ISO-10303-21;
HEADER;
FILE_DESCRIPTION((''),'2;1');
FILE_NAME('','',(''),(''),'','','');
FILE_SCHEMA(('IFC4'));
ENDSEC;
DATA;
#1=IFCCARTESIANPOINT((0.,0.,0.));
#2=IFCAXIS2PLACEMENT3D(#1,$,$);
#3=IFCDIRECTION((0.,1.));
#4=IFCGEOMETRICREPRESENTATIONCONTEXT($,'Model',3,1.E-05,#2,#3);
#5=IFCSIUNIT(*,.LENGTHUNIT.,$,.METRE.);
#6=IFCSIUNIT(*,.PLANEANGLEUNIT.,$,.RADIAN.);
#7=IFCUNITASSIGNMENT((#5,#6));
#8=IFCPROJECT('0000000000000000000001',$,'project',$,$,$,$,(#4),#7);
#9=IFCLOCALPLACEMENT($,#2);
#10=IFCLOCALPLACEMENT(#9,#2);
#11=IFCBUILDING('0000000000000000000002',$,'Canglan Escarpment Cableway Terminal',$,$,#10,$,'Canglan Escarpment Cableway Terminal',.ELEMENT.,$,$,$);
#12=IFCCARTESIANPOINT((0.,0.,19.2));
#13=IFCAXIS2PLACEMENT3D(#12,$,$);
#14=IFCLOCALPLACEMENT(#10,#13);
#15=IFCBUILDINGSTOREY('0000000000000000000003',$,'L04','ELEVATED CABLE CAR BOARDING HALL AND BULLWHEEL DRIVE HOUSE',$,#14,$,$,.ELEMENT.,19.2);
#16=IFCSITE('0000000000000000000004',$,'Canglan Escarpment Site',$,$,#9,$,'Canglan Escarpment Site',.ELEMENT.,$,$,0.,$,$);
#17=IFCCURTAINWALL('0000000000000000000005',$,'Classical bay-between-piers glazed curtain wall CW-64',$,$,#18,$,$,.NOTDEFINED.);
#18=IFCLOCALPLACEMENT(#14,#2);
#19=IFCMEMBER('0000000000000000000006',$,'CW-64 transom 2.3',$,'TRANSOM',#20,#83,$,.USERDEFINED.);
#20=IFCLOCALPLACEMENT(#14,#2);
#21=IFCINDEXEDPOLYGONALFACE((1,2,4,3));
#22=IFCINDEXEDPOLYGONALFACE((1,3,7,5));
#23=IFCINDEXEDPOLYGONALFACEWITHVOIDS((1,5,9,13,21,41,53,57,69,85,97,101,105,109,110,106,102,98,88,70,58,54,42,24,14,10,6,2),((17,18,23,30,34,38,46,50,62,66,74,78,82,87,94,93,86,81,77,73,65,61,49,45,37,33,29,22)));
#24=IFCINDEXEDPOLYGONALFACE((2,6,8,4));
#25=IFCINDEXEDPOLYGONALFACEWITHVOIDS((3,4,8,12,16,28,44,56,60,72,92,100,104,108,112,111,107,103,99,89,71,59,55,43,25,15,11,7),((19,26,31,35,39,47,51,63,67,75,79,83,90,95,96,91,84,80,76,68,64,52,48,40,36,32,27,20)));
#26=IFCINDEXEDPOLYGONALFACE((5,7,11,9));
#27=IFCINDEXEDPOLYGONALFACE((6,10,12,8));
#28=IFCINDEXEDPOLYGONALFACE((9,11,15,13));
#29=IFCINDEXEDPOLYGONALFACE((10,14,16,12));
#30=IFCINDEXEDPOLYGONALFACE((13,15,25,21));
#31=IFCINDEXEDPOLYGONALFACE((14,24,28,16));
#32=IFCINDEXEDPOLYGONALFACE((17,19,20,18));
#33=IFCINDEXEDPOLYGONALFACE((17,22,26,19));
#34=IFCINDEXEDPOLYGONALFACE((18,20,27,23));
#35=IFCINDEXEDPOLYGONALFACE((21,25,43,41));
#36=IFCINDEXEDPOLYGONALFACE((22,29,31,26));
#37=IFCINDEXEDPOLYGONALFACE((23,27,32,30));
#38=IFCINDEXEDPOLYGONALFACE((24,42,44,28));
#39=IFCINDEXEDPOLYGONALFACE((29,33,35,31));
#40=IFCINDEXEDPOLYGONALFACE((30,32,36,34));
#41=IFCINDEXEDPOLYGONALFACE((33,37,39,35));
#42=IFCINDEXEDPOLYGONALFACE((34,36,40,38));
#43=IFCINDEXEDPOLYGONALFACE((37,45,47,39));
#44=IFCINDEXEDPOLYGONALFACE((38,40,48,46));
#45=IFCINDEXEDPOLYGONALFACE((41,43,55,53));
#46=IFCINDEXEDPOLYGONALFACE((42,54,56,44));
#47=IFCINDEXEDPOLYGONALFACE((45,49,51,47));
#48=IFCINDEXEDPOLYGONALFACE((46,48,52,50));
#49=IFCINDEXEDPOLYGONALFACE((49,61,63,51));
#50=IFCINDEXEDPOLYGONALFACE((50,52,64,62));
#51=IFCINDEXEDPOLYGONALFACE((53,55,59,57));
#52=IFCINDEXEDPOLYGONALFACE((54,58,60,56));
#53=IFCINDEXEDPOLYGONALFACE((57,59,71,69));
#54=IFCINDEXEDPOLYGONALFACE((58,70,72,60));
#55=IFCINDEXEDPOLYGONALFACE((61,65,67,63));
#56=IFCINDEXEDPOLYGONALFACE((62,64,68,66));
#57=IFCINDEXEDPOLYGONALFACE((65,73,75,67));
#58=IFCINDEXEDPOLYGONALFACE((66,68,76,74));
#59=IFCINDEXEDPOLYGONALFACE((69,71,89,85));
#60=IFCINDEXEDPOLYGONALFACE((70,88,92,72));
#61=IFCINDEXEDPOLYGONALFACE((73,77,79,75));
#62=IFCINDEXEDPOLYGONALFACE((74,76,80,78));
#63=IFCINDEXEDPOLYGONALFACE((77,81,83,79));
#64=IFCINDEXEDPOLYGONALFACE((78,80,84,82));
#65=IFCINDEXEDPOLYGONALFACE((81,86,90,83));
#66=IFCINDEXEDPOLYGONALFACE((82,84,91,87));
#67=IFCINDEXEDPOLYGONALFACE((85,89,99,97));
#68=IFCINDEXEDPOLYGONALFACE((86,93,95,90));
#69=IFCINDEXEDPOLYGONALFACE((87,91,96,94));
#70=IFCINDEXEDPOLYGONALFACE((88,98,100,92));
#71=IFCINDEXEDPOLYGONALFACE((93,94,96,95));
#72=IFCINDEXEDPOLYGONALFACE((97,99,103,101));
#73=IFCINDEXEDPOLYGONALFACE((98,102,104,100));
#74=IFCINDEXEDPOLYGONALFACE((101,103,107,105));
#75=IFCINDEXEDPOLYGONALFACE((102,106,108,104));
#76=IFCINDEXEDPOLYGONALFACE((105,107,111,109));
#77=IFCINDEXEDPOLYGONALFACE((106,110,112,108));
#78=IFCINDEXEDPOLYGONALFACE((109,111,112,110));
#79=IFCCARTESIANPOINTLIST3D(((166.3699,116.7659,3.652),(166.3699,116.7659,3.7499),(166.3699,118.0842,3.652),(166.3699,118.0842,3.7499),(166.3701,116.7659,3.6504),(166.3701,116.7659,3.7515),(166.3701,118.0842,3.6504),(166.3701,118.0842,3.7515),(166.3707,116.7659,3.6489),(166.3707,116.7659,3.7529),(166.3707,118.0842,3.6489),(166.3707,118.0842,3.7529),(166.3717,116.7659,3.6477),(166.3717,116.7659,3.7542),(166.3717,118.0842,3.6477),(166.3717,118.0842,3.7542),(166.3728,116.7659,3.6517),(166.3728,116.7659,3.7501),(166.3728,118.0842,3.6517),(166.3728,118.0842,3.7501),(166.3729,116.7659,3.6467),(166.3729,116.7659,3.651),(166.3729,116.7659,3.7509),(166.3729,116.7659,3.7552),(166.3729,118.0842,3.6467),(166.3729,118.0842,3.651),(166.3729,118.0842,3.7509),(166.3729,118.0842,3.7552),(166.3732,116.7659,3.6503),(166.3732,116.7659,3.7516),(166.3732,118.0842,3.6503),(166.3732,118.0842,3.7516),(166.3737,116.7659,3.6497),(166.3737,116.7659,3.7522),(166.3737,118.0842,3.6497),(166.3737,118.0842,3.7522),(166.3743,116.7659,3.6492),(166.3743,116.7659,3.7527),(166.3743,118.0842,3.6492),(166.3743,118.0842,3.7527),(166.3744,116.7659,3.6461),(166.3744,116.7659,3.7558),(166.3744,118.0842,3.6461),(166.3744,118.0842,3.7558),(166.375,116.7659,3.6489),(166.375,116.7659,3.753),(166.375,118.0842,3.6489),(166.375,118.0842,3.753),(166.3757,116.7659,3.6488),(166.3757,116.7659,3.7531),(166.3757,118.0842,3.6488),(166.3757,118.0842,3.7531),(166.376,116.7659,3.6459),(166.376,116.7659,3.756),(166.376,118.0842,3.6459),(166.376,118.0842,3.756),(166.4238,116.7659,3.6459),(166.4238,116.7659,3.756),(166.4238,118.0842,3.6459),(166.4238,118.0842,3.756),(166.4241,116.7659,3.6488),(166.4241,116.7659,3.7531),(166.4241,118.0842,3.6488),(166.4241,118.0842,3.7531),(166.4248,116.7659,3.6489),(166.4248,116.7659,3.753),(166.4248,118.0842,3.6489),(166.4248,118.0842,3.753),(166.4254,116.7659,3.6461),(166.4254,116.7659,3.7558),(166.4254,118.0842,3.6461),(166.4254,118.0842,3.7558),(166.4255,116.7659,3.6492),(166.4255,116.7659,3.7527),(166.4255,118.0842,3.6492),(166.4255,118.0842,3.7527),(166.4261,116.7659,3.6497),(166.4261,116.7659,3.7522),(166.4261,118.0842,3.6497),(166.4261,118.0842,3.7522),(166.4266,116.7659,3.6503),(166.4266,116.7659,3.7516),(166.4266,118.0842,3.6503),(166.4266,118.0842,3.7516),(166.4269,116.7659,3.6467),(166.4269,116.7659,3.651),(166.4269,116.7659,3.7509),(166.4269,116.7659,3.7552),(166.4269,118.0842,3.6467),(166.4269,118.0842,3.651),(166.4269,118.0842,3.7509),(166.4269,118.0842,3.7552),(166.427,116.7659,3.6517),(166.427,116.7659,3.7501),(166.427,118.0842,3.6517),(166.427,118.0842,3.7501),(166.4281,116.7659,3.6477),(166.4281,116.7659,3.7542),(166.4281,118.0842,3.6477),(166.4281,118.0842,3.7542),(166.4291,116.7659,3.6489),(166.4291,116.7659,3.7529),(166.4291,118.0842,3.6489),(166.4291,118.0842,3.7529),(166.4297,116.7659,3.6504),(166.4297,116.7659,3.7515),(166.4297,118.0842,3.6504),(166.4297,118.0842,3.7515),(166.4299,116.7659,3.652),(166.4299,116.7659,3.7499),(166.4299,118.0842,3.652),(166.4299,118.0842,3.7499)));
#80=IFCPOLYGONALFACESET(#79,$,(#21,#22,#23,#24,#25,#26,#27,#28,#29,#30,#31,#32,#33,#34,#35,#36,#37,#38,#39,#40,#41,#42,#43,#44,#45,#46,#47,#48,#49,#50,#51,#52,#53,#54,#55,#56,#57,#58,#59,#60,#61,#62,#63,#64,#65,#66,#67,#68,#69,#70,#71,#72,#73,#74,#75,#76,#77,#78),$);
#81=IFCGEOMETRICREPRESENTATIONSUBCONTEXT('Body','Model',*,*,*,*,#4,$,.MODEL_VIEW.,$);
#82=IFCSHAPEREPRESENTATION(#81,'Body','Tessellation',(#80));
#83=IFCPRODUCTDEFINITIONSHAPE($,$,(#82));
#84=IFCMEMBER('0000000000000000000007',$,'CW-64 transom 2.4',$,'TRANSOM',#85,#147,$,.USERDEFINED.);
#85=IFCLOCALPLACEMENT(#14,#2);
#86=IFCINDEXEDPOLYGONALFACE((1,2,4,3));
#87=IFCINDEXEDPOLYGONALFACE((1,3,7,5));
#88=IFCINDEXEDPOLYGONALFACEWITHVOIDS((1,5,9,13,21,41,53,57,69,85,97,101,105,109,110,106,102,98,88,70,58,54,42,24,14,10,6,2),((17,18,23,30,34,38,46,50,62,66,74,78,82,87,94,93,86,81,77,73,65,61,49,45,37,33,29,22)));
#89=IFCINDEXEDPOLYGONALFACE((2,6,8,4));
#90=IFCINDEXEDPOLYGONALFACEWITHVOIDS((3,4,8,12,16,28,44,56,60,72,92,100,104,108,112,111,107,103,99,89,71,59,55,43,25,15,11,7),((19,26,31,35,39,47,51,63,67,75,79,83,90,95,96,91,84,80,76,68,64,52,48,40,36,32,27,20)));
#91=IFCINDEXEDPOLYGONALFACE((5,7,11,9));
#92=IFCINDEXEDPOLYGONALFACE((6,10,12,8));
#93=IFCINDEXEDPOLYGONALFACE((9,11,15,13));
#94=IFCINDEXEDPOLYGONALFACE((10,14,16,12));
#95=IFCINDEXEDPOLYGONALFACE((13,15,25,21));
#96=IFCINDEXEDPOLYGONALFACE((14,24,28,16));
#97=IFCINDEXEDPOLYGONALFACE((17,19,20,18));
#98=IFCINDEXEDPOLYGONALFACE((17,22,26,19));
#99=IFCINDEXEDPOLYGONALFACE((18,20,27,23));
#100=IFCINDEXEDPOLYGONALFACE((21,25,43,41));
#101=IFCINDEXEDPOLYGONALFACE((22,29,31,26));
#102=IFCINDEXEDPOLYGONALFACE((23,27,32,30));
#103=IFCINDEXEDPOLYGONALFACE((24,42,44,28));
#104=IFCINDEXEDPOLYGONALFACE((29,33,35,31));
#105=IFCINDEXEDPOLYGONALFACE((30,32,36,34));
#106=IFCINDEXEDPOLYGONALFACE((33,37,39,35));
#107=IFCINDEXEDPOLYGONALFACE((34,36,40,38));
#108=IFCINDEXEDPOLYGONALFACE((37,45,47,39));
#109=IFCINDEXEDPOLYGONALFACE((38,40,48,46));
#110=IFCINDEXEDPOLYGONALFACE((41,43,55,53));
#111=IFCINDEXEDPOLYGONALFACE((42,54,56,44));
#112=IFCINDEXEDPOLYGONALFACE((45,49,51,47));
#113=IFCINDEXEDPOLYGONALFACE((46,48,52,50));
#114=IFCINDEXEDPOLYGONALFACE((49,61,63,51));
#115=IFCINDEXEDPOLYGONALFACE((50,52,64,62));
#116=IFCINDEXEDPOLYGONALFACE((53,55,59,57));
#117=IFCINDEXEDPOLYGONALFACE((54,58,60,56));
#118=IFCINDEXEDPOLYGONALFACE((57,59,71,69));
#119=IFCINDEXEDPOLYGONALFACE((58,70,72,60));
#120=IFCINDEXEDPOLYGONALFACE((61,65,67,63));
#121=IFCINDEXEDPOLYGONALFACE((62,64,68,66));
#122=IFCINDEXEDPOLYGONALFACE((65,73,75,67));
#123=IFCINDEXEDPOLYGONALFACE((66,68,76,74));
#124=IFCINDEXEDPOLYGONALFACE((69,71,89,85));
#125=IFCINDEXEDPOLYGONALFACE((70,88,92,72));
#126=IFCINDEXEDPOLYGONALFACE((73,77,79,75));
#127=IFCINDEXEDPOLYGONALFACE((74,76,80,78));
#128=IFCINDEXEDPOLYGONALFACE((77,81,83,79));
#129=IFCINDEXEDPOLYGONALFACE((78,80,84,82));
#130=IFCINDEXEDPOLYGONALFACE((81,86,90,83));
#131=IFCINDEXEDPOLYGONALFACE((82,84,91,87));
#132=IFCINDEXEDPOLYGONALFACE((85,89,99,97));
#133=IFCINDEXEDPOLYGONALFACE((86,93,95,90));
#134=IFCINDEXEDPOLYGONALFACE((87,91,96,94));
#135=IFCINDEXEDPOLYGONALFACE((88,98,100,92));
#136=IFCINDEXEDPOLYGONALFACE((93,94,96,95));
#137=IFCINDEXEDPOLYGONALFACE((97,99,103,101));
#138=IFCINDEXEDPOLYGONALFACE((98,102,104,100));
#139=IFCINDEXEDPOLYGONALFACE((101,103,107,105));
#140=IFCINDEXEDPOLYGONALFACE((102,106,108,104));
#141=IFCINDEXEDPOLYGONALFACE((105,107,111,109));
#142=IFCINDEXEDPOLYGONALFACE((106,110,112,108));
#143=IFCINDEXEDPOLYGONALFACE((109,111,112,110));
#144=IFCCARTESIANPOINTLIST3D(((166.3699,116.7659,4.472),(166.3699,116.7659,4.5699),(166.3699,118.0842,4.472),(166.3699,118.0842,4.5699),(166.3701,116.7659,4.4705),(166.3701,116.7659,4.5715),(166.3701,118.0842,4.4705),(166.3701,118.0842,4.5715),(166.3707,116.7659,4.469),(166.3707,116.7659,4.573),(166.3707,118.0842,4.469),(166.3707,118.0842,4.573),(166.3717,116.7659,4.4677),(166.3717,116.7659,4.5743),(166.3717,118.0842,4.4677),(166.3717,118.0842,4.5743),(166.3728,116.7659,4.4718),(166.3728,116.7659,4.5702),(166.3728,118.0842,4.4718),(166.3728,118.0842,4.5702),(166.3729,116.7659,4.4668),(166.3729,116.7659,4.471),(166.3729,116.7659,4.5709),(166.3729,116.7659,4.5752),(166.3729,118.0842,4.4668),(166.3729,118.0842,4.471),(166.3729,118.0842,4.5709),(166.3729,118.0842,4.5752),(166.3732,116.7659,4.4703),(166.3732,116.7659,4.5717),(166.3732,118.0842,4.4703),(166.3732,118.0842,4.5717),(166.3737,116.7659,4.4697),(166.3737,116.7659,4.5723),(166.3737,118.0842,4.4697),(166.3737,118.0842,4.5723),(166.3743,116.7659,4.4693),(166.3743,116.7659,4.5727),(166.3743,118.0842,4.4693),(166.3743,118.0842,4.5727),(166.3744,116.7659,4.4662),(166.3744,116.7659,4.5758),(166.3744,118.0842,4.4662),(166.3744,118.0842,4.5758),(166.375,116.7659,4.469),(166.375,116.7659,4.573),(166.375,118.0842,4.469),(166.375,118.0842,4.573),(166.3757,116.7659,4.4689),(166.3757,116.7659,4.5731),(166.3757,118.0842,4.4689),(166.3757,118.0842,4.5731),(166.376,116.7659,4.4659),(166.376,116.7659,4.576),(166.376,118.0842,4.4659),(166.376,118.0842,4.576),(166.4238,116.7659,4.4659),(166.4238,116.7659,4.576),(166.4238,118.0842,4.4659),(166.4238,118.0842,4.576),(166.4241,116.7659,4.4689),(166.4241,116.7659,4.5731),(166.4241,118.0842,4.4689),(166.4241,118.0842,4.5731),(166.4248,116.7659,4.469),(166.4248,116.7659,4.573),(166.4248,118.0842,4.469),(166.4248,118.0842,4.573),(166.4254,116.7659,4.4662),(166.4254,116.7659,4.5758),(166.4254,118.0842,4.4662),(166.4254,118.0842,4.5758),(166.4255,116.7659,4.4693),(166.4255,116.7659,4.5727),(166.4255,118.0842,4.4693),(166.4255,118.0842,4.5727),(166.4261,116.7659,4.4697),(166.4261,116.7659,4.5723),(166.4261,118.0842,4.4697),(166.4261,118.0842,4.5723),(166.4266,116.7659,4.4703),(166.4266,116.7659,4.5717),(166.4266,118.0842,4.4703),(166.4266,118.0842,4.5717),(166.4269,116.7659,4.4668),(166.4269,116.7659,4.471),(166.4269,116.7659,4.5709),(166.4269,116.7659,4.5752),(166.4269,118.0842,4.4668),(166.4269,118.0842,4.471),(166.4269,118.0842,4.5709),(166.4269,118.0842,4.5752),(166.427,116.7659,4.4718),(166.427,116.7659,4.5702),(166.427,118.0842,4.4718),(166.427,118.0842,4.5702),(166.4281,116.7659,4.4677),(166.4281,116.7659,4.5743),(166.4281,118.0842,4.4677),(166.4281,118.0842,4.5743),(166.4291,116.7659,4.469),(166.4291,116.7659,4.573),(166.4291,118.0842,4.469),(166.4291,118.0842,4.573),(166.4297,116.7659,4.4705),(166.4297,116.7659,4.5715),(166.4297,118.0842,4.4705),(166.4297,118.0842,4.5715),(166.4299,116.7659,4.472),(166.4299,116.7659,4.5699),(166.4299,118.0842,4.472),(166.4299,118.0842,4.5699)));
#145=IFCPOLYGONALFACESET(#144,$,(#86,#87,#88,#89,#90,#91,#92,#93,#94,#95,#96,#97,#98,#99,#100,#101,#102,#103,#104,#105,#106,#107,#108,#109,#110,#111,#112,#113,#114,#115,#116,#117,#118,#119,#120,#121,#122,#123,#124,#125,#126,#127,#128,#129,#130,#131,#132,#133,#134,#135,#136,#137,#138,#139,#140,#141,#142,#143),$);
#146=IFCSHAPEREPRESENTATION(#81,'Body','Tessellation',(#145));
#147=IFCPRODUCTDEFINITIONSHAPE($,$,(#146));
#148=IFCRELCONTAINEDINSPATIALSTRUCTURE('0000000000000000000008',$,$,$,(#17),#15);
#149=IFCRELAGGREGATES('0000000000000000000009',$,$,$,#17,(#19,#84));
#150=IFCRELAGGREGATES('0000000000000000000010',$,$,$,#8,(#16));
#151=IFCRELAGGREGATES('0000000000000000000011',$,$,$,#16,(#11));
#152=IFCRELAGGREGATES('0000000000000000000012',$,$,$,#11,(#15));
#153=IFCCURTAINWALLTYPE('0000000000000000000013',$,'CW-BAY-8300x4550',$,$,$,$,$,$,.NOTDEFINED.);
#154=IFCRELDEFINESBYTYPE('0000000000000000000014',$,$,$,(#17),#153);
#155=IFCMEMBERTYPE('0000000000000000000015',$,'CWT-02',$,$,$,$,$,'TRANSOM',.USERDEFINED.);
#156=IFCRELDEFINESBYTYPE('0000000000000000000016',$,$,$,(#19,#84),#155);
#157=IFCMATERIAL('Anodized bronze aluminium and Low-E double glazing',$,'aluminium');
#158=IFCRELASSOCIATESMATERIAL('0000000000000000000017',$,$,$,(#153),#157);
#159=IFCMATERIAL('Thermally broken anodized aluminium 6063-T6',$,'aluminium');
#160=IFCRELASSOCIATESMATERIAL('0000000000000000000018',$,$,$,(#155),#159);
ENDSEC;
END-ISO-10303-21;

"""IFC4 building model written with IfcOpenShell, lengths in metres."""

from ifc_helpers import new_model, si_unit, direction, frame, origin, origin_2d, place, context, subcontext, project, spatial, hollow_rectangle, extrude, material, material_profile, profile_set, type_object, element, aggregate, save


model = new_model("IFC4")

# Units and contexts
model_context = context("Model", 3, precision=1e-05, world=origin(), true_north=direction((0.0, 1.0)))
body_context = subcontext(model_context, "Body", "Model", "MODEL_VIEW")
ifc_project = project(units=[si_unit("LENGTHUNIT", "METRE"), si_unit("PLANEANGLEUNIT", "RADIAN")], contexts=[model_context])

# Site, building, storey
site_placement = place(None, origin())
site = spatial("IfcSite", under=ifc_project, at=site_placement, Name="Canglan Escarpment Site", LongName="Canglan Escarpment Site", CompositionType="ELEMENT", RefElevation=0.0)
building_placement = place(site_placement, origin())
building = spatial("IfcBuilding", under=site, at=building_placement, Name="Canglan Escarpment Cableway Terminal", LongName="Canglan Escarpment Cableway Terminal", CompositionType="ELEMENT")
storey_placement = place(building_placement, frame((0.0, 0.0, 19.2)))
storey = spatial("IfcBuildingStorey", under=building, at=storey_placement, Name="L04", Description="ELEVATED CABLE CAR BOARDING HALL AND BULLWHEEL DRIVE HOUSE", CompositionType="ELEMENT", Elevation=19.2)

# Curtain wall, members
ifc_material_1 = material(Name="Anodized bronze aluminium and Low-E double glazing", Category="aluminium")
curtain_wall_type = type_object("IfcCurtainWallType", Name="CW-BAY-8300x4550", PredefinedType="NOTDEFINED", material=ifc_material_1)
curtain_wall_placement = place(storey_placement, origin())
curtain_wall = element("IfcCurtainWall", 1, at=curtain_wall_placement, inside=storey, type_object=curtain_wall_type, Name="Classical bay-between-piers glazed curtain wall CW-64", PredefinedType="NOTDEFINED")
ifc_material_2 = material(Name="Thermally broken anodized aluminium 6063-T6", Category="aluminium")
ifc_material_profile_1 = material_profile(ifc_material_2, hollow_rectangle(XDim=0.0601, YDim=0.1101, WallThickness=0.0029, InnerFilletRadius=0.0029, OuterFilletRadius=0.0061, at=origin_2d()), Name="ALU-TRAN 60x110x3")
ifc_profile_set_1 = profile_set([ifc_material_profile_1], Name="Thermally broken anodized aluminium 6063-T6")
member_type_1 = type_object("IfcMemberType", Name="CWT-02", ElementType="TRANSOM", PredefinedType="USERDEFINED", material=ifc_profile_set_1)
member_1_placement = place(storey_placement, frame((166.3999, 116.7659, 3.7009), z_axis=(0.0, 1.0, 0.0), x_axis=(-1.0, 0.0, 0.0)))
member_1 = element("IfcMember", 2, at=member_1_placement, type_object=member_type_1, Name="CW-64 transom 2.3", ObjectType="TRANSOM", PredefinedType="USERDEFINED", context=body_context, shape_type="SweptSolid", body=[
    extrude(hollow_rectangle(XDim=0.0601, YDim=0.1101, WallThickness=0.0029, InnerFilletRadius=0.0029, OuterFilletRadius=0.0061, at=origin_2d()), origin(), (0.0, 0.0, 1.0), 1.3184),
])
member_2_placement = place(storey_placement, frame((166.3999, 116.7659, 4.521), z_axis=(0.0, 1.0, 0.0), x_axis=(-1.0, 0.0, 0.0)))
member_2 = element("IfcMember", 3, at=member_2_placement, type_object=member_type_1, Name="CW-64 transom 2.4", ObjectType="TRANSOM", PredefinedType="USERDEFINED", context=body_context, shape_type="SweptSolid", body=[
    extrude(hollow_rectangle(XDim=0.0601, YDim=0.1101, WallThickness=0.0029, InnerFilletRadius=0.0029, OuterFilletRadius=0.0061, at=origin_2d()), origin(), (0.0, 0.0, 1.0), 1.3184),
])
aggregate(curtain_wall, [member_1, member_2])

save(model, "model.ifc")
